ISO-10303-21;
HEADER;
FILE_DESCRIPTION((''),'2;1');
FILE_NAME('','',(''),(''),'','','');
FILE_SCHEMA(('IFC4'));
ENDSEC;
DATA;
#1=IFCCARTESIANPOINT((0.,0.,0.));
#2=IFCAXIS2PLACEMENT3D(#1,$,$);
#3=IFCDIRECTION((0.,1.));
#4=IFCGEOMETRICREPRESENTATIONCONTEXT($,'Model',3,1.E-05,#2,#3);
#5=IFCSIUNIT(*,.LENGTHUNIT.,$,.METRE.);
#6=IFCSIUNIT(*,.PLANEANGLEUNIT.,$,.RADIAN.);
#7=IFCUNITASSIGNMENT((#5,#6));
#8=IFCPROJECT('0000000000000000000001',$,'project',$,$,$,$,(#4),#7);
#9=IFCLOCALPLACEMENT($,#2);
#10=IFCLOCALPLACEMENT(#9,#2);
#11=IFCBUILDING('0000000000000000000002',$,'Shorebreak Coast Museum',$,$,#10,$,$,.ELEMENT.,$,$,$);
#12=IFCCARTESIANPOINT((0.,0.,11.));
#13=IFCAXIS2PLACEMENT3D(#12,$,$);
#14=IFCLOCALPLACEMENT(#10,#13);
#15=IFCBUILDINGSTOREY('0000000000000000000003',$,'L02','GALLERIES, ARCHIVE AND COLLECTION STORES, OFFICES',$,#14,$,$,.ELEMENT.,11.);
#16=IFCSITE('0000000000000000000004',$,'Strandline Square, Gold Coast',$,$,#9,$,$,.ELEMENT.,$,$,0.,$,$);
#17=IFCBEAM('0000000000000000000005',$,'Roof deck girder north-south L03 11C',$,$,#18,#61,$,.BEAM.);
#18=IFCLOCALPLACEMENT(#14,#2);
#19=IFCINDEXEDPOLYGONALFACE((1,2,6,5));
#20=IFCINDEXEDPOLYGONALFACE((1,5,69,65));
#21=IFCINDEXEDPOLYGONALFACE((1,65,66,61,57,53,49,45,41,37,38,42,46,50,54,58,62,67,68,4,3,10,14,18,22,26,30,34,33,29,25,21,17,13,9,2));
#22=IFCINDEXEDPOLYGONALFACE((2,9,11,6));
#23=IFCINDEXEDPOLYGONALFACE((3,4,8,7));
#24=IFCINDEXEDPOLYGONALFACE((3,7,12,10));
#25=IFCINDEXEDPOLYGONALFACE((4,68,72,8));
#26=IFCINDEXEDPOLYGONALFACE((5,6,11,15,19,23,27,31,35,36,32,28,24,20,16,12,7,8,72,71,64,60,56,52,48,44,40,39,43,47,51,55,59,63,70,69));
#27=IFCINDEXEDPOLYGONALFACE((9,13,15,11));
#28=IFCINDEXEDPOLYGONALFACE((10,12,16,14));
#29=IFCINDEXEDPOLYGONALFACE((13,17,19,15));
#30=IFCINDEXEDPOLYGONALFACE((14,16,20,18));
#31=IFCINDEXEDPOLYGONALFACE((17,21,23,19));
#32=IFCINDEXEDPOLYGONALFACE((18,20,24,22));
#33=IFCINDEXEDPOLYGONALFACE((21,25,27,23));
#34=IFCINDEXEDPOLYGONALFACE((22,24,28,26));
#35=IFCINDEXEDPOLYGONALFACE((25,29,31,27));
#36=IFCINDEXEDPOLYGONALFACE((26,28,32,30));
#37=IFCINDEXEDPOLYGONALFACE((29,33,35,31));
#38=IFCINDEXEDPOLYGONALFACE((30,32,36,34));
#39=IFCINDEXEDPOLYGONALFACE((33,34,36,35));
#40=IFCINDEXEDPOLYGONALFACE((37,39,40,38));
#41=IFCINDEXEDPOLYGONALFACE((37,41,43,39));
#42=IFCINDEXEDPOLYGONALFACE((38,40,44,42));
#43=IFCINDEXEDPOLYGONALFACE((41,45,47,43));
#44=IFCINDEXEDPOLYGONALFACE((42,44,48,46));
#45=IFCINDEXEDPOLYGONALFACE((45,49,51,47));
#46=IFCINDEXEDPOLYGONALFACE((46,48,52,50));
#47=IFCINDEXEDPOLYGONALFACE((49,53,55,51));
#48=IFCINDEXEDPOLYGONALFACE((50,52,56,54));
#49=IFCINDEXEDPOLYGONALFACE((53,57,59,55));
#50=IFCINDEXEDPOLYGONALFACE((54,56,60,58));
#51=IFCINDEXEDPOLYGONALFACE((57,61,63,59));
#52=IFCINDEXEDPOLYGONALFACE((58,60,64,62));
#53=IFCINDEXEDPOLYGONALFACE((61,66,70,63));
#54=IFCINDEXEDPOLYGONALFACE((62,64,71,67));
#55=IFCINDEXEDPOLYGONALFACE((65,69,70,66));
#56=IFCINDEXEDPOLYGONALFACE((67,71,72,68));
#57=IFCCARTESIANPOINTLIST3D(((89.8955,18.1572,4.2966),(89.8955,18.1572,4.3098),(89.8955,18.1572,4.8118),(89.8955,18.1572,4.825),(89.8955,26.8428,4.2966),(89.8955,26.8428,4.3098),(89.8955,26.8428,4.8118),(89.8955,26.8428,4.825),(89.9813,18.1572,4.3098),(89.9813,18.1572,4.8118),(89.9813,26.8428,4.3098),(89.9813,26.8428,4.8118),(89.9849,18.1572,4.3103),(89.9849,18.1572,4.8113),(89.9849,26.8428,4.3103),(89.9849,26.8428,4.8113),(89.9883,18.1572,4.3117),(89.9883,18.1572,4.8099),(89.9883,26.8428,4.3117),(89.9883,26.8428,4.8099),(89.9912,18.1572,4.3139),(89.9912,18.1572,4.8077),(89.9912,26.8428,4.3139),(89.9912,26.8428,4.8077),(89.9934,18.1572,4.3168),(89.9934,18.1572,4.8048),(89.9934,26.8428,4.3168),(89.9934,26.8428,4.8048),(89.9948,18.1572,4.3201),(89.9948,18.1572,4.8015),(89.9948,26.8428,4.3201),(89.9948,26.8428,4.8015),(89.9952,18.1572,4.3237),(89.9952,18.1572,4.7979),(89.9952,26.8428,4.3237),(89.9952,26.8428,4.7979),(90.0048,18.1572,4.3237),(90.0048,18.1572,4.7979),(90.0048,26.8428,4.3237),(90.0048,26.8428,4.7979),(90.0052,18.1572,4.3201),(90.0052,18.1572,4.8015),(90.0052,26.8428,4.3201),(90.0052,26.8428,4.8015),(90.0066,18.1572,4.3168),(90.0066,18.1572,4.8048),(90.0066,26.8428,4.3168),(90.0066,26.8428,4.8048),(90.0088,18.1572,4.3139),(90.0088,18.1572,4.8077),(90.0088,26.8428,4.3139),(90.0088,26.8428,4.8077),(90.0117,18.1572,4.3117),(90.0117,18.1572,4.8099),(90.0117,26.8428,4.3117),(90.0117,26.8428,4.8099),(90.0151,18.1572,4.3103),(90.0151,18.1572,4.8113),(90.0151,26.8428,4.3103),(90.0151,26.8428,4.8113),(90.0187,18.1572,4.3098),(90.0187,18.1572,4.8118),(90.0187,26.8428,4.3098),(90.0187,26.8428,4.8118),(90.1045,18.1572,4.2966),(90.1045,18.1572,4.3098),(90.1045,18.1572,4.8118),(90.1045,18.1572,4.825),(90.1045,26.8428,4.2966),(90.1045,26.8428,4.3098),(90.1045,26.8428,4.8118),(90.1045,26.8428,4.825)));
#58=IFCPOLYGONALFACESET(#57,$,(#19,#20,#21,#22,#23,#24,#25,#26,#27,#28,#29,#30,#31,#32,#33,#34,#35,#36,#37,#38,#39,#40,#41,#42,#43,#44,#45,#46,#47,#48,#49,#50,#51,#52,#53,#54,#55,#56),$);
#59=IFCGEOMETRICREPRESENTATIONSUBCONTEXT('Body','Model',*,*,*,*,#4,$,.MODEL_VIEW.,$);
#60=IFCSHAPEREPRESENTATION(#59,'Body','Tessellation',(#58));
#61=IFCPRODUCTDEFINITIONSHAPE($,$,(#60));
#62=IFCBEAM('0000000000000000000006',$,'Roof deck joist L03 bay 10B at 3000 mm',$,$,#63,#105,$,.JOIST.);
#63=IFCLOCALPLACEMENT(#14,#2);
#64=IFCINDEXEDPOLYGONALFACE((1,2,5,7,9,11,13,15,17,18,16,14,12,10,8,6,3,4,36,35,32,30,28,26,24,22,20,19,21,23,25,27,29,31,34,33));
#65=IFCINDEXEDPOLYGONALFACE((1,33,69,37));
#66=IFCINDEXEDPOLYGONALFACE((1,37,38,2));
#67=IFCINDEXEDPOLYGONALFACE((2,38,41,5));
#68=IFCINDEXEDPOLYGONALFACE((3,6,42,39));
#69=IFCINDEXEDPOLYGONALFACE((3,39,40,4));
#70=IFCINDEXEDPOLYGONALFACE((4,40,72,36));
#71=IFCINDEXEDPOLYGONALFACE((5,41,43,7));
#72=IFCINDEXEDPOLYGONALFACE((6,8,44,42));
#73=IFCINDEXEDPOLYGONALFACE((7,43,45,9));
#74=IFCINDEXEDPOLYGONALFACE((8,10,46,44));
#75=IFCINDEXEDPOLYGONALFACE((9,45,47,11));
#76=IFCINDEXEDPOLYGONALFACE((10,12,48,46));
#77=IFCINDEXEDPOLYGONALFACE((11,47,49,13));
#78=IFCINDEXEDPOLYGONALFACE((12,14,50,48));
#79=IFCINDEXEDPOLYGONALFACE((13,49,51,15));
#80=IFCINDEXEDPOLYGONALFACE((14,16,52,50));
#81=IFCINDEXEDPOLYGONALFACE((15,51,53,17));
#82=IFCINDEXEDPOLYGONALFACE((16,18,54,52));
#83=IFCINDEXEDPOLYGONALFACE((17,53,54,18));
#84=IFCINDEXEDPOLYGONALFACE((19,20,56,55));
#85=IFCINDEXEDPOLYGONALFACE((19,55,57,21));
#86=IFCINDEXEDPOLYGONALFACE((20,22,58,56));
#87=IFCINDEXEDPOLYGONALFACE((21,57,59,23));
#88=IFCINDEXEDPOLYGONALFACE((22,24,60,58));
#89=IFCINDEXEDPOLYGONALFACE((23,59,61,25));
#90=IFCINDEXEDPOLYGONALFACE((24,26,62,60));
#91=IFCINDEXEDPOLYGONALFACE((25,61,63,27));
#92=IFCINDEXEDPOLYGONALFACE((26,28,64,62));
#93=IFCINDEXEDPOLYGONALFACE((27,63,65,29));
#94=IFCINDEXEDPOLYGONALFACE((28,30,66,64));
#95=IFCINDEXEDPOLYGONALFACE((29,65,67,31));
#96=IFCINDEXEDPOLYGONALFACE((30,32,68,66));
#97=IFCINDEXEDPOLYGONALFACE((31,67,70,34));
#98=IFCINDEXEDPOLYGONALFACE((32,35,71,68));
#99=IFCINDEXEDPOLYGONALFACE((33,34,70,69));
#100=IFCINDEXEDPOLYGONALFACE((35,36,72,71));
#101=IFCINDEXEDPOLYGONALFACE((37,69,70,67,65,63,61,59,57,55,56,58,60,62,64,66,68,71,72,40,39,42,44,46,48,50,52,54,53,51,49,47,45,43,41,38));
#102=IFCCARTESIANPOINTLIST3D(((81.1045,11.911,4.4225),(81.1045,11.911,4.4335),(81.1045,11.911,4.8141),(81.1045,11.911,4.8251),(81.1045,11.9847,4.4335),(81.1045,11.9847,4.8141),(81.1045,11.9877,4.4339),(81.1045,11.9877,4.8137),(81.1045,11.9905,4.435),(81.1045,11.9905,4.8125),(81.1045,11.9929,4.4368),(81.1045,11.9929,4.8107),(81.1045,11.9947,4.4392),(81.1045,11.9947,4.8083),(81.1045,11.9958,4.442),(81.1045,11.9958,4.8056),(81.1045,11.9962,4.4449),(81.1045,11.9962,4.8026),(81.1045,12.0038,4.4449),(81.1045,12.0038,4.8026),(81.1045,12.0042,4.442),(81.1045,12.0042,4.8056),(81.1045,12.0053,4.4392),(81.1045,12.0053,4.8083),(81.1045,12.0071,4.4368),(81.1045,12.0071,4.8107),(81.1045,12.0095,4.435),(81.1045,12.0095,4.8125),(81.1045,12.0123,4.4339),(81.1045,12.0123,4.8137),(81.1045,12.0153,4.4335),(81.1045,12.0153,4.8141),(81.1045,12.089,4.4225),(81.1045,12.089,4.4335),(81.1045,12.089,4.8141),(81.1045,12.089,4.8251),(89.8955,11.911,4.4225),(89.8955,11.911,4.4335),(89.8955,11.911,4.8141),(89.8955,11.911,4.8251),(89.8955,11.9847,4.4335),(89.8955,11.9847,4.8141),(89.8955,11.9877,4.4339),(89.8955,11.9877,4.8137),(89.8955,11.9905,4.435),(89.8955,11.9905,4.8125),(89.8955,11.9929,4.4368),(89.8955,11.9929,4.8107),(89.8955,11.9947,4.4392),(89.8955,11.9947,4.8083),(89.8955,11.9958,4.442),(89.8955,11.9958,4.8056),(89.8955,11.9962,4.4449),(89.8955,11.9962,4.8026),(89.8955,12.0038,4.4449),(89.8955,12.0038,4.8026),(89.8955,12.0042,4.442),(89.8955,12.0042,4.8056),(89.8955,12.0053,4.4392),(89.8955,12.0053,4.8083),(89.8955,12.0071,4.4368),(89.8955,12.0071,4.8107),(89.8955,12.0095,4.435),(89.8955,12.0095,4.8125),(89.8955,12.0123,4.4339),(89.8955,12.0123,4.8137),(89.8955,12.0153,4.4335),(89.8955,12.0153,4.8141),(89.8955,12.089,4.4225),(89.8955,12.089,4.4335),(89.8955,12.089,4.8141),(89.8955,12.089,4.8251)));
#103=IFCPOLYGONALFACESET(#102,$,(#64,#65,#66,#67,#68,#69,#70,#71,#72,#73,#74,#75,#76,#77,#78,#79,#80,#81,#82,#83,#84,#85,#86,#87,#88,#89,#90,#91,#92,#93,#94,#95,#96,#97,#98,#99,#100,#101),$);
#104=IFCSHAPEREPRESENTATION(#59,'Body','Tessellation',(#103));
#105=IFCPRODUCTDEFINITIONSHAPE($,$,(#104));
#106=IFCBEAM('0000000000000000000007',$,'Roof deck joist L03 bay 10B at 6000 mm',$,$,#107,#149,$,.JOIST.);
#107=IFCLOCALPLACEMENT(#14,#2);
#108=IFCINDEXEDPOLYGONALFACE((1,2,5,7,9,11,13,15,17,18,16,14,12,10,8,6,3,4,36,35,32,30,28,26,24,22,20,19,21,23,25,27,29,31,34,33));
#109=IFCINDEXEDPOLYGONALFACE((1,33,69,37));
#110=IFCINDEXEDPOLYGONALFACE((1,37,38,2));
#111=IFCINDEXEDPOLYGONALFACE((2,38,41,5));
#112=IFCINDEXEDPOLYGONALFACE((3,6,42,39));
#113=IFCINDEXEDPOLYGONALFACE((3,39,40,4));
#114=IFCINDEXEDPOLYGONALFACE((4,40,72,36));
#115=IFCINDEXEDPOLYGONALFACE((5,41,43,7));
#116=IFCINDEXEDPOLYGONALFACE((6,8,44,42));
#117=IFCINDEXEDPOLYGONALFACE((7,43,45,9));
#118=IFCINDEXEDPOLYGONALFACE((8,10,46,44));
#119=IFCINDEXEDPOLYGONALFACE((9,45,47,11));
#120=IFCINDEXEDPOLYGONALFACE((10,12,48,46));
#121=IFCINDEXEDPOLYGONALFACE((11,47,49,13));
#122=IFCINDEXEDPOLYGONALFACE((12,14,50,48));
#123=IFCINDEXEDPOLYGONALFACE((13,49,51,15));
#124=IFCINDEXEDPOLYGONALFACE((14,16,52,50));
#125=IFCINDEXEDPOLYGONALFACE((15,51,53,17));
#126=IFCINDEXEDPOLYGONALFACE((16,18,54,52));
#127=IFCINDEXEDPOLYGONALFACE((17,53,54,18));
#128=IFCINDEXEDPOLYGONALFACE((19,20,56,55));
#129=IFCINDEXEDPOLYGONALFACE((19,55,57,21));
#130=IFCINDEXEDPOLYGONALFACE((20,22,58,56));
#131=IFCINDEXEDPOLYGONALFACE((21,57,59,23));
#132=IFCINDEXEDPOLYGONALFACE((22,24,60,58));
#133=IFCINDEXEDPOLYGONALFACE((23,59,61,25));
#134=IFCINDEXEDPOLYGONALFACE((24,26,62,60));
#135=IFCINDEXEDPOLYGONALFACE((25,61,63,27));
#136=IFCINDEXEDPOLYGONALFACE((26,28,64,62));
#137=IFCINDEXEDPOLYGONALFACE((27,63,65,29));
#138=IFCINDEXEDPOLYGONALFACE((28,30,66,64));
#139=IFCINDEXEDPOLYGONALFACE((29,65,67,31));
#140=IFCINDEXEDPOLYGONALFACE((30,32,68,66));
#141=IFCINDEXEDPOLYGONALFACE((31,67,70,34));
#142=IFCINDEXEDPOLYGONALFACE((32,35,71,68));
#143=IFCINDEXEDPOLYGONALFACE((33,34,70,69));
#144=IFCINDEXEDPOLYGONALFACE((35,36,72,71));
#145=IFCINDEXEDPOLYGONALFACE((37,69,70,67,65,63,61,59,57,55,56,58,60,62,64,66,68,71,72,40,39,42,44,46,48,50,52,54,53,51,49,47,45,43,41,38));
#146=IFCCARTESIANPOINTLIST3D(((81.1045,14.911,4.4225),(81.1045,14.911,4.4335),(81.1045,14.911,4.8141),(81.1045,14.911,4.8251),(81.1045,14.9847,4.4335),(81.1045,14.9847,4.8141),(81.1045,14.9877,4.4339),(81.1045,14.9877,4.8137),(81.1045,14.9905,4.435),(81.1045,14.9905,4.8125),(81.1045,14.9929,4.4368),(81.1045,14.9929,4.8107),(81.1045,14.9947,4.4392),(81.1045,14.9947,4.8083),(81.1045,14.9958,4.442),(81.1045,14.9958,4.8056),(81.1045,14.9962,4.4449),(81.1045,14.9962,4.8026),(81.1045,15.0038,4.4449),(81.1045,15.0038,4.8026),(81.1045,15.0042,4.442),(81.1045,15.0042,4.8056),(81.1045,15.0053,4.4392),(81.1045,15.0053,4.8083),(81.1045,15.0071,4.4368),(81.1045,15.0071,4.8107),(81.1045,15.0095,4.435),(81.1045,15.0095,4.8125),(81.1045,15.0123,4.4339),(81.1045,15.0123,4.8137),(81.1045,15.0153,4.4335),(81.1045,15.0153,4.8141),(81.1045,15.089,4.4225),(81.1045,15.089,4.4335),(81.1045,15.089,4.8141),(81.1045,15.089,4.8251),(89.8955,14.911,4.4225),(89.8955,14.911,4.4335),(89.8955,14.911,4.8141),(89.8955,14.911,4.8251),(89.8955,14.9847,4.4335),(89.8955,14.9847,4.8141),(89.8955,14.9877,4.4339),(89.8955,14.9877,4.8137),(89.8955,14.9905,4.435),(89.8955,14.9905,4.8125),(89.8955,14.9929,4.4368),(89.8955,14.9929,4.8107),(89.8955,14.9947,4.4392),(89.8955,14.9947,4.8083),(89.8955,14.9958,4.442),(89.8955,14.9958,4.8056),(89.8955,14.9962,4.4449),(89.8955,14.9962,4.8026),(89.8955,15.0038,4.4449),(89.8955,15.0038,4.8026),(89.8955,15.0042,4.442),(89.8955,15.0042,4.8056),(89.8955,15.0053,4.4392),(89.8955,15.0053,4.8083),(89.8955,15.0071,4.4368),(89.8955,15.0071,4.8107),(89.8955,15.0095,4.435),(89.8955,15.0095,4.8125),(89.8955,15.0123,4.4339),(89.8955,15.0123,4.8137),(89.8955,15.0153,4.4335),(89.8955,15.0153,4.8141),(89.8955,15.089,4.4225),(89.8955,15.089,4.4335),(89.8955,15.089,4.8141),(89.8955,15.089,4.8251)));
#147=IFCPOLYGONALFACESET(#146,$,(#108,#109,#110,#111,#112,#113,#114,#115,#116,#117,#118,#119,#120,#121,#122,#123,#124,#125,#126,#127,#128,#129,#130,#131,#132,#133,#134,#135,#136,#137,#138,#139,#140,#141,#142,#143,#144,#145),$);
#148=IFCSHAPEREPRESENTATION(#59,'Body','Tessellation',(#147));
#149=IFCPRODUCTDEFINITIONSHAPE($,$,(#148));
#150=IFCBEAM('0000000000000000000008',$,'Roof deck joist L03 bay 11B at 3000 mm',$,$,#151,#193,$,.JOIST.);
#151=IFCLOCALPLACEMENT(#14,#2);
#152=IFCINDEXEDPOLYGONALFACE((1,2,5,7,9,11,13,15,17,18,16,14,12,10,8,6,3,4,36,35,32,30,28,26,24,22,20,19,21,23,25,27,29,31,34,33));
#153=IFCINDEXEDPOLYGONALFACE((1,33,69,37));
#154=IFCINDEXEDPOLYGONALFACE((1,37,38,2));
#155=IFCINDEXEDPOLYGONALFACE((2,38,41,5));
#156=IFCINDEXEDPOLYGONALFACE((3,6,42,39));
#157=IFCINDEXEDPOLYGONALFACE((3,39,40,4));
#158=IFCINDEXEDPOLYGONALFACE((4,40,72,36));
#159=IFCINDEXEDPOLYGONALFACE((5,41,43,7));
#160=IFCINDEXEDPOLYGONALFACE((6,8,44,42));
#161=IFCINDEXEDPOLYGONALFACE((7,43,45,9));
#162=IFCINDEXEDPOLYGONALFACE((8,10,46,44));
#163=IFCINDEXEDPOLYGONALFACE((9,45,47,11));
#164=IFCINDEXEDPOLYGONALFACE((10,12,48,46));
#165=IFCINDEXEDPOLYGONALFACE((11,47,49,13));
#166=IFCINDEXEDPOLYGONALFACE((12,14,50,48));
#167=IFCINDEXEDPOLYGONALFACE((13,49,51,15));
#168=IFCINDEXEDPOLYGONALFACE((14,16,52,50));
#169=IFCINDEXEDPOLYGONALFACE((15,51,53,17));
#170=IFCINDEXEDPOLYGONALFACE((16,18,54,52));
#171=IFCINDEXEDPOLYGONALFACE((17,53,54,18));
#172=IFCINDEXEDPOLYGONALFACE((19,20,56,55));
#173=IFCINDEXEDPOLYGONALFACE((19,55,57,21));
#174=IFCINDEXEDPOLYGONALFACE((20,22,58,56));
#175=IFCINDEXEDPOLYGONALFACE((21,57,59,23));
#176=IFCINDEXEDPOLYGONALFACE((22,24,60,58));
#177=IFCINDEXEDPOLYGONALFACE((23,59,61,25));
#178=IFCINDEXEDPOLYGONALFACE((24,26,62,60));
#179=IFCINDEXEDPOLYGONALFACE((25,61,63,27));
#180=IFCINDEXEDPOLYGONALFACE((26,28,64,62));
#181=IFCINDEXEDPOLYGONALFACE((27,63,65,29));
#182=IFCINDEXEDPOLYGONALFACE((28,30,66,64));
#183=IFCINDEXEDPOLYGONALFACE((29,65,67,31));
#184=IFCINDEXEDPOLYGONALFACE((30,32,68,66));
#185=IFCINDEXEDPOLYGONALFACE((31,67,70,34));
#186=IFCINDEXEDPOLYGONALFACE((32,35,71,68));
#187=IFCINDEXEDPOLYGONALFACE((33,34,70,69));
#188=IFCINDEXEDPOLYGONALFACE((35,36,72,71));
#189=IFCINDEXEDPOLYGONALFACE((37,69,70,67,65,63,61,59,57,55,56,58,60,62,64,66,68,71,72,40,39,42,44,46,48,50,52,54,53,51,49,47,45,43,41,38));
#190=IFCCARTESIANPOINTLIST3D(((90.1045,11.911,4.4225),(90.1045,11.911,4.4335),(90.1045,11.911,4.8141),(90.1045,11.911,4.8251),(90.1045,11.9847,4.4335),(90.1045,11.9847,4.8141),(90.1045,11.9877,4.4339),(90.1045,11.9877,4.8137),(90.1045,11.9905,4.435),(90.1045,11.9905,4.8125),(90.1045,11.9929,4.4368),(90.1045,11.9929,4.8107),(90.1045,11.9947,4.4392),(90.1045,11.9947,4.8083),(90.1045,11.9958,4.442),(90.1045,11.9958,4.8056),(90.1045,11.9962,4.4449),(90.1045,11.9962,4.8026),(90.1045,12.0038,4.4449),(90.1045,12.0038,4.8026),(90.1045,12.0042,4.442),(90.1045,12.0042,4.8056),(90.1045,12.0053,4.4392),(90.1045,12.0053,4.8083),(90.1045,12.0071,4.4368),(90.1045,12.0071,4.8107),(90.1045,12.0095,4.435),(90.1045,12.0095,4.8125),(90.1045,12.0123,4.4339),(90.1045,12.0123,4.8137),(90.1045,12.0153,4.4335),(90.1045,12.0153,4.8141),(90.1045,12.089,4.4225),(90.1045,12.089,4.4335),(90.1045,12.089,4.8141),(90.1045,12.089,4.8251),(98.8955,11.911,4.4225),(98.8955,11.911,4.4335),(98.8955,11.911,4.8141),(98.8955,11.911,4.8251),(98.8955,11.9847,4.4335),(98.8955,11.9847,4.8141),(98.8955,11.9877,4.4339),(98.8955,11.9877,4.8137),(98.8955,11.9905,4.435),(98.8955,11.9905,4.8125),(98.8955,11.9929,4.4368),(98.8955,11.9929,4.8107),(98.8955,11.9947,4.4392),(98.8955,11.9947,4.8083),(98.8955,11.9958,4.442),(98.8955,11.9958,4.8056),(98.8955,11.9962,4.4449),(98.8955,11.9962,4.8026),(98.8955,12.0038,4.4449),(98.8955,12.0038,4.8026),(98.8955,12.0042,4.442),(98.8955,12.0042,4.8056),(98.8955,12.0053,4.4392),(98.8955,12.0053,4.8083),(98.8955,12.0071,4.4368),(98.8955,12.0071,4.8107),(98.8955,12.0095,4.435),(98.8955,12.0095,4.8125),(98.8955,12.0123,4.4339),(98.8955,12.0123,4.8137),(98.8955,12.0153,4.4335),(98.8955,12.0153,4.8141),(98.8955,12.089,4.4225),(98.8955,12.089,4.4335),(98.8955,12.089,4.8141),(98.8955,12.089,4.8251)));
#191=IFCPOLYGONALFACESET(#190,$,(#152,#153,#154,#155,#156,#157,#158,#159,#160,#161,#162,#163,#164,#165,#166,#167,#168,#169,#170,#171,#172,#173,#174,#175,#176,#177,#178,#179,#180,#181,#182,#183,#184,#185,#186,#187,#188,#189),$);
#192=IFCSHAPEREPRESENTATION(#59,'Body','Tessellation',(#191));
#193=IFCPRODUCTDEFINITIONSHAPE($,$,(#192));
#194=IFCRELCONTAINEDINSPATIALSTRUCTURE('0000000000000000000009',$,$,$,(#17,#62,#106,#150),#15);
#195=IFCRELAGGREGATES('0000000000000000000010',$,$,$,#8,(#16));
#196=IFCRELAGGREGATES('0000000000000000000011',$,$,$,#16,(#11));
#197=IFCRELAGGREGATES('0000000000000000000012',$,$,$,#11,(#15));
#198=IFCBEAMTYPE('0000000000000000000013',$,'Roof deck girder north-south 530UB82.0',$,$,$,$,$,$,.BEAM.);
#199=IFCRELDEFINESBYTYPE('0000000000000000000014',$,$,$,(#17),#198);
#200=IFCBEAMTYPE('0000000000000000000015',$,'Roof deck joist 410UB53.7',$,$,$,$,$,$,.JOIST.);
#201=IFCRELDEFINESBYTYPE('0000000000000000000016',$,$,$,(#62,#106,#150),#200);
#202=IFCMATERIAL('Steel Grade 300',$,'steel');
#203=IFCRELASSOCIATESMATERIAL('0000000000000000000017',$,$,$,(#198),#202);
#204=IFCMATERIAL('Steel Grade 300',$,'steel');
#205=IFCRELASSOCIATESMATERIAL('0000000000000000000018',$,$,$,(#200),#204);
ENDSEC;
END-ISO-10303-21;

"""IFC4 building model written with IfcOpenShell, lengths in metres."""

from ifc_helpers import new_model, si_unit, direction, frame, origin, origin_2d, place, context, subcontext, project, spatial, i_section, extrude, material, material_profile, profile_set, type_object, element, save


model = new_model("IFC4")

# Units and contexts
model_context = context("Model", 3, precision=1e-05, world=origin(), true_north=direction((0.0, 1.0)))
body_context = subcontext(model_context, "Body", "Model", "MODEL_VIEW")
ifc_project = project(units=[si_unit("LENGTHUNIT", "METRE"), si_unit("PLANEANGLEUNIT", "RADIAN")], contexts=[model_context])

# Site, building, storey
site_placement = place(None, origin())
site = spatial("IfcSite", under=ifc_project, at=site_placement, Name="Strandline Square, Gold Coast", CompositionType="ELEMENT", RefElevation=0.0)
building_placement = place(site_placement, origin())
building = spatial("IfcBuilding", under=site, at=building_placement, Name="Shorebreak Coast Museum", CompositionType="ELEMENT")
storey_placement = place(building_placement, frame((0.0, 0.0, 11.0)))
storey = spatial("IfcBuildingStorey", under=building, at=storey_placement, Name="L02", Description="GALLERIES, ARCHIVE AND COLLECTION STORES, OFFICES", CompositionType="ELEMENT", Elevation=11.0)

# Beams
ifc_material_1 = material(Name="Steel Grade 300", Category="steel")
ifc_material_profile_1 = material_profile(ifc_material_1, i_section(OverallWidth=0.209, OverallDepth=0.5283, WebThickness=0.0095, FlangeThickness=0.0132, FilletRadius=0.0139, at=origin_2d()), Name="530UB82.0")
ifc_profile_set_1 = profile_set([ifc_material_profile_1], Name="Steel Grade 300")
beam_type_1 = type_object("IfcBeamType", Name="Roof deck girder north-south 530UB82.0", PredefinedType="BEAM", material=ifc_profile_set_1)
for number, where, z_axis, x_axis, name in (
    (1, (90.0, 18.1572, 4.5608), (0.0, 1.0, 0.0), (-1.0, 0.0, 0.0), "Roof deck girder north-south L03 11C"),
):
    element("IfcBeam", number, at=place(storey_placement, frame(where, z_axis=z_axis, x_axis=x_axis)), inside=storey, type_object=beam_type_1, Name=name, PredefinedType="BEAM", context=body_context, shape_type="SweptSolid", body=[
        extrude(i_section(OverallWidth=0.209, OverallDepth=0.5283, WebThickness=0.0095, FlangeThickness=0.0132, FilletRadius=0.0139, at=origin_2d()), origin(), (0.0, 0.0, 1.0), 8.6855),
    ])
ifc_material_2 = material(Name="Steel Grade 300", Category="steel")
ifc_material_profile_2 = material_profile(ifc_material_2, i_section(OverallWidth=0.178, OverallDepth=0.4026, WebThickness=0.0076, FlangeThickness=0.011, FilletRadius=0.0115, at=origin_2d()), Name="410UB53.7")
ifc_profile_set_2 = profile_set([ifc_material_profile_2], Name="Steel Grade 300")
beam_type_2 = type_object("IfcBeamType", Name="Roof deck joist 410UB53.7", PredefinedType="JOIST", material=ifc_profile_set_2)
for number, where, z_axis, x_axis, name in (
    (2, (81.1045, 12.0, 4.6238), (1.0, 0.0, 0.0), (0.0, 1.0, 0.0), "Roof deck joist L03 bay 10B at 3000 mm"),
    (3, (81.1045, 15.0, 4.6238), (1.0, 0.0, 0.0), (0.0, 1.0, 0.0), "Roof deck joist L03 bay 10B at 6000 mm"),
    (4, (90.1045, 12.0, 4.6238), (1.0, 0.0, 0.0), (0.0, 1.0, 0.0), "Roof deck joist L03 bay 11B at 3000 mm"),
):
    element("IfcBeam", number, at=place(storey_placement, frame(where, z_axis=z_axis, x_axis=x_axis)), inside=storey, type_object=beam_type_2, Name=name, PredefinedType="JOIST", context=body_context, shape_type="SweptSolid", body=[
        extrude(i_section(OverallWidth=0.178, OverallDepth=0.4026, WebThickness=0.0076, FlangeThickness=0.011, FilletRadius=0.0115, at=origin_2d()), origin(), (0.0, 0.0, 1.0), 8.791),
    ])

save(model, "model.ifc")
